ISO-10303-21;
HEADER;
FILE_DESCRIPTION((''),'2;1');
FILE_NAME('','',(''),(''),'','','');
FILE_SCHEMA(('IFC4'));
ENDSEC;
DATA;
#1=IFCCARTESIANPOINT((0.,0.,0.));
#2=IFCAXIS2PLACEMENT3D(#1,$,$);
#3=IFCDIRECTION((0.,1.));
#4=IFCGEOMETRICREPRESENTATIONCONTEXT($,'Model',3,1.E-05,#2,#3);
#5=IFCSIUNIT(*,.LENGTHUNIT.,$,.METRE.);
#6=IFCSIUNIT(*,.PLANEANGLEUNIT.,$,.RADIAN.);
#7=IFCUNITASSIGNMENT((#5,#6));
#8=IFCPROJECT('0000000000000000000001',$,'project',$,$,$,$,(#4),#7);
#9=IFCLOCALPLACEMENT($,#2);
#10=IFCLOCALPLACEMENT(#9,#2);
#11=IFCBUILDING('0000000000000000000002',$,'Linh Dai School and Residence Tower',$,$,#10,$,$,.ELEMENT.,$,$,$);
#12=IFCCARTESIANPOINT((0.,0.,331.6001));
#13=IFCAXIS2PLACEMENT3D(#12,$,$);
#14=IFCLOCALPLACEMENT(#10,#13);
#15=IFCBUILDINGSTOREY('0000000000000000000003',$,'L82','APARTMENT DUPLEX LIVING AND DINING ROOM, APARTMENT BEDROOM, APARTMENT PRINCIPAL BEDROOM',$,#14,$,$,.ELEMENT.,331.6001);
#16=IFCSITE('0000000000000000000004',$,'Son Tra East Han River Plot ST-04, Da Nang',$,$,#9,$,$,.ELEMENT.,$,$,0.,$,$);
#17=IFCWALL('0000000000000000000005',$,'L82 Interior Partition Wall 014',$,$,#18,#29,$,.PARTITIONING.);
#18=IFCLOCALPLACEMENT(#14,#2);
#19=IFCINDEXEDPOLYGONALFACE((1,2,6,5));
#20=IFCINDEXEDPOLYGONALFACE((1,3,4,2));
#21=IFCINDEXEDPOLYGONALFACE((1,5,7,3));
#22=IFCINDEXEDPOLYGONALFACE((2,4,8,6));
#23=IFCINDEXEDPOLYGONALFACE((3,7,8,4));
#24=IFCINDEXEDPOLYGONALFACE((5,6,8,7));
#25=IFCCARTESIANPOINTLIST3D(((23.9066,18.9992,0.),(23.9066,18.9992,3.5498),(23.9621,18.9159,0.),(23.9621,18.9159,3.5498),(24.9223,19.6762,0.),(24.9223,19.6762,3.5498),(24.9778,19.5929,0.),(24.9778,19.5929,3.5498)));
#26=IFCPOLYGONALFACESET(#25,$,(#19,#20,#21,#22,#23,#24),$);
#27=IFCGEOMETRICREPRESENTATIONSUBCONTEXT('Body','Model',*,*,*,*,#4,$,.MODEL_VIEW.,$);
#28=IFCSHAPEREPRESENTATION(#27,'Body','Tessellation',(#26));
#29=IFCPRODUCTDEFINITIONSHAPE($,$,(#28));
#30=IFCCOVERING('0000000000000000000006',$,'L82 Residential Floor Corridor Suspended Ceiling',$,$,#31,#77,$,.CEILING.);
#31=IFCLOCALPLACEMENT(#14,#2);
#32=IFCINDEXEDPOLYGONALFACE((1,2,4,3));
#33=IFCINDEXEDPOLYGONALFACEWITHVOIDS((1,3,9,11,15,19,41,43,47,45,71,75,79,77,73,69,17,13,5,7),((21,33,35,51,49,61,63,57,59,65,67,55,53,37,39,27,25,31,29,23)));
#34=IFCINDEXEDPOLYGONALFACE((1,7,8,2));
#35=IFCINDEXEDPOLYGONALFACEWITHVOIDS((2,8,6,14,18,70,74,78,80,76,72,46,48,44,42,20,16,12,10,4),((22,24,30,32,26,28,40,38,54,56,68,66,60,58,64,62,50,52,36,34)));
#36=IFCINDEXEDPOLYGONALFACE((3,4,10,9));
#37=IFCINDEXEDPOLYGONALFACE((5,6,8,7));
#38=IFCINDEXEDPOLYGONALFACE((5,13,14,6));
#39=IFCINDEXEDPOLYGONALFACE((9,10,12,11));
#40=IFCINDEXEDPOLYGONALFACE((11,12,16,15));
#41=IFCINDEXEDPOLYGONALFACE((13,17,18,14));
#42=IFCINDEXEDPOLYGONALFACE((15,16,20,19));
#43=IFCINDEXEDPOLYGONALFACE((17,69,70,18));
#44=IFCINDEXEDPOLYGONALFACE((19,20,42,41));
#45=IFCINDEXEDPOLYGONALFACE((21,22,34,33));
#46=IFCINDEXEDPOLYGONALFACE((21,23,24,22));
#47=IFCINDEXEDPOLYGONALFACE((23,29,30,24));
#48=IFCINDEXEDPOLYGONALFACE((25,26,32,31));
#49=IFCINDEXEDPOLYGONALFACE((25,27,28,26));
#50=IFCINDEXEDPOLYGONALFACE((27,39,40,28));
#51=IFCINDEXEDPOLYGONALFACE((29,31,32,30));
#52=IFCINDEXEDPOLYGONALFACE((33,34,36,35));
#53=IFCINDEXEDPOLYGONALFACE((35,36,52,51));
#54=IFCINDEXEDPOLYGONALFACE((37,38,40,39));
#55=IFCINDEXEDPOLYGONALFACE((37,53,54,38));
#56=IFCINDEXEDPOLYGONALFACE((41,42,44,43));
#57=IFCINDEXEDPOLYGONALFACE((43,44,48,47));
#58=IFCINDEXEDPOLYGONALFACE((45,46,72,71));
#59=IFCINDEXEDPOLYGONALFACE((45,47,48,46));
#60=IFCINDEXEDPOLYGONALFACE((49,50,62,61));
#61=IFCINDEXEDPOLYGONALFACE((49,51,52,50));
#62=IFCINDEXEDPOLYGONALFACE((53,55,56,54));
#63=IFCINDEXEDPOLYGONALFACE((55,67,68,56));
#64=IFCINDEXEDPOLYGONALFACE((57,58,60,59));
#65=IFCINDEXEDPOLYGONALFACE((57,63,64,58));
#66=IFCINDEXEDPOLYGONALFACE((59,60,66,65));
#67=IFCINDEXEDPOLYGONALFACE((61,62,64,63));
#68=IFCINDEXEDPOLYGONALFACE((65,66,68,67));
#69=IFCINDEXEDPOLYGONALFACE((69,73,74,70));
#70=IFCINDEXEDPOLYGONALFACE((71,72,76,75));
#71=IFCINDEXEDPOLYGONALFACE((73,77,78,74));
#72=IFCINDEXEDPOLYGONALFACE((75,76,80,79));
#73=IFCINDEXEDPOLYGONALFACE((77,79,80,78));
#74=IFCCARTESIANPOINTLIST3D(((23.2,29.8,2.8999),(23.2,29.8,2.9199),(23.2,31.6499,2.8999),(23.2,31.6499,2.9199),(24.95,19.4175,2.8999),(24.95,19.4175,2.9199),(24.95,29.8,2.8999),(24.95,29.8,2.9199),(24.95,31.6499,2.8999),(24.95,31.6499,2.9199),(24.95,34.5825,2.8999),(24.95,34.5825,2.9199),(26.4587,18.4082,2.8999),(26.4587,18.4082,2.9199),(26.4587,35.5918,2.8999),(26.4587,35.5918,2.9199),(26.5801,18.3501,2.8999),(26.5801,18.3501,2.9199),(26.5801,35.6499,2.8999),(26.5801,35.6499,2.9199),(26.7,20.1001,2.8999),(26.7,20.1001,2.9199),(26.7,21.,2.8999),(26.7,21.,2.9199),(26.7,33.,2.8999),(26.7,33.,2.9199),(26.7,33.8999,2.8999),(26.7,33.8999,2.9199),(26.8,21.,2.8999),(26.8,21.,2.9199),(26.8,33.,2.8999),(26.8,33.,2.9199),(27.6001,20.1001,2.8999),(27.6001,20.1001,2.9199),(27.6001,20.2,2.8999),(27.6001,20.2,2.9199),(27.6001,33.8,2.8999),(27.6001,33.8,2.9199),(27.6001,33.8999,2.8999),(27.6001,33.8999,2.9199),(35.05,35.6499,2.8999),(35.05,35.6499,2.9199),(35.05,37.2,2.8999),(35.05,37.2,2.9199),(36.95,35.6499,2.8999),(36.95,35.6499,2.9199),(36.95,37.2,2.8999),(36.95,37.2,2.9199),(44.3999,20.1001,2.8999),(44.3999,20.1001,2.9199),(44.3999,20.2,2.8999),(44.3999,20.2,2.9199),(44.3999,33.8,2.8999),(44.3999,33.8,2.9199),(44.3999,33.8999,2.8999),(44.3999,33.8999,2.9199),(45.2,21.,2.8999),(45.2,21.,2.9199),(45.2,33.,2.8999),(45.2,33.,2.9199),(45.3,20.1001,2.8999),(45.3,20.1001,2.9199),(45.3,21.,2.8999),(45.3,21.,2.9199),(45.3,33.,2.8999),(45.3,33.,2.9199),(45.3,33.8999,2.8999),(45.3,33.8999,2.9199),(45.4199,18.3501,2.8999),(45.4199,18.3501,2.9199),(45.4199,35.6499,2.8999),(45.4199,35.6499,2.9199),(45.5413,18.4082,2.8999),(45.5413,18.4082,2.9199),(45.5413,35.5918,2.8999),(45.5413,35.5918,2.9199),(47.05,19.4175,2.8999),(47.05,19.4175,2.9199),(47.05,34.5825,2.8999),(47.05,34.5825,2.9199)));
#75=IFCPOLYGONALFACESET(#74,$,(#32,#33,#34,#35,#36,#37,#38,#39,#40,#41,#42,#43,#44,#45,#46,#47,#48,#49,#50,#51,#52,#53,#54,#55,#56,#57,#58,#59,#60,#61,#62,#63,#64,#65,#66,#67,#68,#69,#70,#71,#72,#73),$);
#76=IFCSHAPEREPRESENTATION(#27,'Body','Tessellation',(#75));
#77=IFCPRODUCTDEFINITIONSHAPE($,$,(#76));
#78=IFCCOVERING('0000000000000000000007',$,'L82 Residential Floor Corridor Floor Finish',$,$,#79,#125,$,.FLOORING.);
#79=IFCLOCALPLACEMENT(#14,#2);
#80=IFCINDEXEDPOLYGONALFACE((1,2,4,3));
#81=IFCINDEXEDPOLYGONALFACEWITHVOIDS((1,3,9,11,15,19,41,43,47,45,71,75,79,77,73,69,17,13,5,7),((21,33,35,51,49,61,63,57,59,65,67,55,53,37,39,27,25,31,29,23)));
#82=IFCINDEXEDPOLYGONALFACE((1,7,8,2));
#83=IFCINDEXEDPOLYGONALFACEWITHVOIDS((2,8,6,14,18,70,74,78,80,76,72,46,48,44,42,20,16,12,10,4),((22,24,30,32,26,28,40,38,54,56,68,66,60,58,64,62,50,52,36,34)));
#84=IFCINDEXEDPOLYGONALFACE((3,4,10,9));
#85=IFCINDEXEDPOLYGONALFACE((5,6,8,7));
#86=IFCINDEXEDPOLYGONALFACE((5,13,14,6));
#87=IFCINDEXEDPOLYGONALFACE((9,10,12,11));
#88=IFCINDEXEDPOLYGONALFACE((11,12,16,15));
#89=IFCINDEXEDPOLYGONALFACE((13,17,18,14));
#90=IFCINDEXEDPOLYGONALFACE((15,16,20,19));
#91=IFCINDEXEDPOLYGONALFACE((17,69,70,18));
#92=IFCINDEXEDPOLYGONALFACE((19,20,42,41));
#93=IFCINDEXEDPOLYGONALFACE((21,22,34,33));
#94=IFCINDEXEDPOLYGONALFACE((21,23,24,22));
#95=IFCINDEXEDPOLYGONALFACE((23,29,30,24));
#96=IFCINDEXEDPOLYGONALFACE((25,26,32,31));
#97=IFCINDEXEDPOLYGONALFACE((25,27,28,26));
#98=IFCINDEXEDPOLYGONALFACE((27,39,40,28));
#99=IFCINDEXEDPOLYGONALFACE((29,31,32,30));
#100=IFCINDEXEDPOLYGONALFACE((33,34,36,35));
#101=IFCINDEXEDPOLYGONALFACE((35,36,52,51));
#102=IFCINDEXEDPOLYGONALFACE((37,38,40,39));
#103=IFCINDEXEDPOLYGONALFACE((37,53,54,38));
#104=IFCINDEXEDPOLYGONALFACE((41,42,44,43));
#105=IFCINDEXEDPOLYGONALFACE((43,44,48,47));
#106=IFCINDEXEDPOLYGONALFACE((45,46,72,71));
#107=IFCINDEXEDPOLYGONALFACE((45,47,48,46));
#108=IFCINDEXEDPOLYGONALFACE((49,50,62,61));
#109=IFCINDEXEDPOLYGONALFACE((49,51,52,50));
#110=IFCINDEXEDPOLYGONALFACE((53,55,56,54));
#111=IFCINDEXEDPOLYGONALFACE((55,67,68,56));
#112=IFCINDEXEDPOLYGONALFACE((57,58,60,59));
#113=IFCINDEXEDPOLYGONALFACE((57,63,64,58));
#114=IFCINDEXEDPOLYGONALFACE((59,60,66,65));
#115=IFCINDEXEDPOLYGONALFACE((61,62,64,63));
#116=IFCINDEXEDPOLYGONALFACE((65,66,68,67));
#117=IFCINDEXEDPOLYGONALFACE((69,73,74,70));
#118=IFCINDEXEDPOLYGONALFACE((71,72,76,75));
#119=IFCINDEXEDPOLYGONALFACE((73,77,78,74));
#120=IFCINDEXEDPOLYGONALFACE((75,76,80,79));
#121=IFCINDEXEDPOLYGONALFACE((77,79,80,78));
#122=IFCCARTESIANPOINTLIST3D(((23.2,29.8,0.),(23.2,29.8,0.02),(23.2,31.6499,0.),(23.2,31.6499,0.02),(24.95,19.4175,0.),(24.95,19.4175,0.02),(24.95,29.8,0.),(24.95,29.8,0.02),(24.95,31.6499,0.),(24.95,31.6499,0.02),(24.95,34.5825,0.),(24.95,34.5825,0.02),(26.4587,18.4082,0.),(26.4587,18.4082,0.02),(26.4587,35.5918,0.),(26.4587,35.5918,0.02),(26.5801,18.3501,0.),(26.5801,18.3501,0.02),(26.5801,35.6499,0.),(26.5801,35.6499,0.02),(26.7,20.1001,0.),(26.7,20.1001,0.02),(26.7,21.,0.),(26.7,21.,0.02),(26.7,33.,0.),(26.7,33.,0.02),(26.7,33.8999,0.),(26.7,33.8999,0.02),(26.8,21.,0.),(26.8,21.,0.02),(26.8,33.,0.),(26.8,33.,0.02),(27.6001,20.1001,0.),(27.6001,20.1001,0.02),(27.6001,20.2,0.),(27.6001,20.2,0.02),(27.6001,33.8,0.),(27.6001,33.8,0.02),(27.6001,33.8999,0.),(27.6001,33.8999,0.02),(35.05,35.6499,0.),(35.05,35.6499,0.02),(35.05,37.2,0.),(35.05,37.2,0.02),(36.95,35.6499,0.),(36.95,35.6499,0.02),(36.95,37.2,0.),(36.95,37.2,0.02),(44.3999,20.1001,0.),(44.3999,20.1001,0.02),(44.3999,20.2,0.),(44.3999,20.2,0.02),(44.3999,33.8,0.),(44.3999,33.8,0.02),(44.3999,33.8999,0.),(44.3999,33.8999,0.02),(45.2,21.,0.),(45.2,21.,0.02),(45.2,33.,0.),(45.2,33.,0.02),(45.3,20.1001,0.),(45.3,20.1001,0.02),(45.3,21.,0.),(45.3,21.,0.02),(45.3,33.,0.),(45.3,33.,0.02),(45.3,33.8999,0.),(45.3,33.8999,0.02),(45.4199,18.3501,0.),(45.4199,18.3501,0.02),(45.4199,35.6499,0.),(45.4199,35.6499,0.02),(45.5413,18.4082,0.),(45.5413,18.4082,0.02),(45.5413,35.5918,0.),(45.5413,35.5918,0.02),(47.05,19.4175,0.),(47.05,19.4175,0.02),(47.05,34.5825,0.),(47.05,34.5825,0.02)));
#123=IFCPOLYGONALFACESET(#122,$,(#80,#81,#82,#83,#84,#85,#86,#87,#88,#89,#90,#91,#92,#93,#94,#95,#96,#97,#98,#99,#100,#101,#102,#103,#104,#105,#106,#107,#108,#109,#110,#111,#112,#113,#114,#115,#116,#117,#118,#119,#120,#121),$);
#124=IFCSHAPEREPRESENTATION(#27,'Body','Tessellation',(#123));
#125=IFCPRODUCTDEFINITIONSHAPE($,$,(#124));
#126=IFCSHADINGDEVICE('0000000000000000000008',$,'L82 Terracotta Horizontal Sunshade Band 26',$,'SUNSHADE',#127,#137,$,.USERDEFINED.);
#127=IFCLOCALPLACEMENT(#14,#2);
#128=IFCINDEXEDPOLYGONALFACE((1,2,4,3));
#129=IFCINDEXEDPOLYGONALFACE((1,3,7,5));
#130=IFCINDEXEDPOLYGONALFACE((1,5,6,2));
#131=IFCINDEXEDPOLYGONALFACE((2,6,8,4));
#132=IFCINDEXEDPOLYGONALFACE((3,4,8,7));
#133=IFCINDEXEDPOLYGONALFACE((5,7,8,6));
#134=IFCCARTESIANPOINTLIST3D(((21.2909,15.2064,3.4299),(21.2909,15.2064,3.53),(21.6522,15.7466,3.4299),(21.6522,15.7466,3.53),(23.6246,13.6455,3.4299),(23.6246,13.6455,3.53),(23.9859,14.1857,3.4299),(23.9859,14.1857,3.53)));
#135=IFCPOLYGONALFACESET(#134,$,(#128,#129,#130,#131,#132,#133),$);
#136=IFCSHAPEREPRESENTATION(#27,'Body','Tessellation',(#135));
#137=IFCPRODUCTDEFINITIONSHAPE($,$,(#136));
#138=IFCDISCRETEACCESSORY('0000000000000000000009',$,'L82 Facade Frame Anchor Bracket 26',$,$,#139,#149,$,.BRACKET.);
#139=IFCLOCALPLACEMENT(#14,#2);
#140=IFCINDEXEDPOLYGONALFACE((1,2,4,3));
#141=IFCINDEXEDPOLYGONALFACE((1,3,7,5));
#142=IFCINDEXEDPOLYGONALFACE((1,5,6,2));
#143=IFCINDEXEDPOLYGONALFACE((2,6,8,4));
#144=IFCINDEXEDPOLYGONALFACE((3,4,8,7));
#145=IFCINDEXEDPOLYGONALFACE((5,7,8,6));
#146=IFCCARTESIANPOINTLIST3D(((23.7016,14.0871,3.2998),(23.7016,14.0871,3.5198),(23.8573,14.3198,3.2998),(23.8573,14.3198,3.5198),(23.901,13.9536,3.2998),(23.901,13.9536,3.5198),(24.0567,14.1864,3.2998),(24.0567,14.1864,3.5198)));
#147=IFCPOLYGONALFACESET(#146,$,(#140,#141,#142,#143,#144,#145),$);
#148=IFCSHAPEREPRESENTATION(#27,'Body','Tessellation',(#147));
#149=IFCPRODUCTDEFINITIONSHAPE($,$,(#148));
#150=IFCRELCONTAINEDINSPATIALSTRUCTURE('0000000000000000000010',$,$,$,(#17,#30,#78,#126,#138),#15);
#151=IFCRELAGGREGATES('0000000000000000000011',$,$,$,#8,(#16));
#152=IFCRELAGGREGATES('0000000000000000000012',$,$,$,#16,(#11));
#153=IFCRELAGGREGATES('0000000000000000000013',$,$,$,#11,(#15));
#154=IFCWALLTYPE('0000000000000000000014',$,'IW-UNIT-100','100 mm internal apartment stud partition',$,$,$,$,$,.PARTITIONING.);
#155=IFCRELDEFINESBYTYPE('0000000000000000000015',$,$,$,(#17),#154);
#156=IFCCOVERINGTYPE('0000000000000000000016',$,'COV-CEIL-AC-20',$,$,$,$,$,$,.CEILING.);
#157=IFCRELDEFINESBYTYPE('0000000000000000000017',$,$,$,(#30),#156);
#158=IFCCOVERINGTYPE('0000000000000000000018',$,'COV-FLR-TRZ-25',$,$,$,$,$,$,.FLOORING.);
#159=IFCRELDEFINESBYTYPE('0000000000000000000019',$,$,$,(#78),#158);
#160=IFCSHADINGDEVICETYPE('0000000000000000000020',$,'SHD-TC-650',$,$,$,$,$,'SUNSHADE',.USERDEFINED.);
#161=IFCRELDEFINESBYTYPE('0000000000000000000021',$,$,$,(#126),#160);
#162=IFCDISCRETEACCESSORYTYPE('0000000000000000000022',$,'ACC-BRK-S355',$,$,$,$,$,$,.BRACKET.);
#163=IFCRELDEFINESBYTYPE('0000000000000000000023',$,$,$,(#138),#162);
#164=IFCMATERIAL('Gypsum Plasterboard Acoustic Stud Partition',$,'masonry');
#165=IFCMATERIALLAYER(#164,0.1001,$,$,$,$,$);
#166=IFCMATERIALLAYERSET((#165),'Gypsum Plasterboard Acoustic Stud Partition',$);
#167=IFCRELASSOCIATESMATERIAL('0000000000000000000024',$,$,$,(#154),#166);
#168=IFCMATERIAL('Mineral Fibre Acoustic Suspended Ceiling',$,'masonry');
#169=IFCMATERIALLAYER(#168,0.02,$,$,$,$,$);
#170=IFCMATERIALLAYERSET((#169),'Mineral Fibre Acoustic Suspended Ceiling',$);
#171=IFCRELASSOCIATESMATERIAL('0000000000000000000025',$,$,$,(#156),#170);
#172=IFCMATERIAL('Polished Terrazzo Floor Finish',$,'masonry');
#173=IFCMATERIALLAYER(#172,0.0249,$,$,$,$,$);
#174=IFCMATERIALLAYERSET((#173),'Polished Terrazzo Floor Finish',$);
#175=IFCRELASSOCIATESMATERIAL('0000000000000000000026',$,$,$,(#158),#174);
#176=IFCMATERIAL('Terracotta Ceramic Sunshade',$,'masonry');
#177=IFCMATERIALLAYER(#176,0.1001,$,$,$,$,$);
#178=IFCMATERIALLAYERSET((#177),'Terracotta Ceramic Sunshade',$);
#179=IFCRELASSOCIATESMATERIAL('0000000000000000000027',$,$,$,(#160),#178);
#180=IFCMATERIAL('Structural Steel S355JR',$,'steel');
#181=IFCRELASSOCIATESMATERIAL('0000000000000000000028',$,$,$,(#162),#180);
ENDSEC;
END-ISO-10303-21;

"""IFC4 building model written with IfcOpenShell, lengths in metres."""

from ifc_helpers import new_model, si_unit, direction, frame, frame_2d, origin, origin_2d, place, context, subcontext, project, spatial, polyline, rectangle, outline, extrude, source, transform, mapped, material, layer, layer_set, type_object, element, save


model = new_model("IFC4")

# Units and contexts
model_context = context("Model", 3, precision=1e-05, world=origin(), true_north=direction((0.0, 1.0)))
body_context = subcontext(model_context, "Body", "Model", "MODEL_VIEW")
ifc_project = project(units=[si_unit("LENGTHUNIT", "METRE"), si_unit("PLANEANGLEUNIT", "RADIAN")], contexts=[model_context])

# Site, building, storey
site_placement = place(None, origin())
site = spatial("IfcSite", under=ifc_project, at=site_placement, Name="Son Tra East Han River Plot ST-04, Da Nang", CompositionType="ELEMENT", RefElevation=0.0)
building_placement = place(site_placement, origin())
building = spatial("IfcBuilding", under=site, at=building_placement, Name="Linh Dai School and Residence Tower", CompositionType="ELEMENT")
storey_placement = place(building_placement, frame((0.0, 0.0, 331.6001)))
storey = spatial("IfcBuildingStorey", under=building, at=storey_placement, Name="L82", Description="APARTMENT DUPLEX LIVING AND DINING ROOM, APARTMENT BEDROOM, APARTMENT PRINCIPAL BEDROOM", CompositionType="ELEMENT", Elevation=331.6001)

# Shared definitions
ifc_material_1 = material(Name="Structural Steel S355JR", Category="steel")

# Wall
ifc_material_2 = material(Name="Gypsum Plasterboard Acoustic Stud Partition", Category="masonry")
ifc_layer_1 = layer(ifc_material_2, 0.1001)
ifc_layer_set_1 = layer_set([ifc_layer_1], Name="Gypsum Plasterboard Acoustic Stud Partition")
wall_type_1 = type_object("IfcWallType", Name="IW-UNIT-100", Description="100 mm internal apartment stud partition", PredefinedType="PARTITIONING", material=ifc_layer_set_1)
wall_1_placement = place(storey_placement, frame((23.9343, 18.9575, 0.0), z_axis=(0.0, 0.0, 1.0), x_axis=(0.832081, 0.554654, 0.0)))
element("IfcWall", 1, at=wall_1_placement, inside=storey, type_object=wall_type_1, Name="L82 Interior Partition Wall 014", PredefinedType="PARTITIONING", context=body_context, shape_type="SweptSolid", body=[
    extrude(rectangle(XDim=1.2207, YDim=0.1001, at=frame_2d((0.6104, 0.0))), origin(), (0.0, 0.0, 1.0), 3.5498),
])

# Coverings
ifc_material_3 = material(Name="Mineral Fibre Acoustic Suspended Ceiling", Category="masonry")
ifc_layer_2 = layer(ifc_material_3, 0.02)
ifc_layer_set_2 = layer_set([ifc_layer_2], Name="Mineral Fibre Acoustic Suspended Ceiling")
covering_type_1 = type_object("IfcCoveringType", Name="COV-CEIL-AC-20", PredefinedType="CEILING", material=ifc_layer_set_2)
covering_1_placement = place(storey_placement, frame((0.0, 0.0, 2.8999)))
element("IfcCovering", 2, at=covering_1_placement, inside=storey, type_object=covering_type_1, Name="L82 Residential Floor Corridor Suspended Ceiling", PredefinedType="CEILING", context=body_context, shape_type="SweptSolid", body=[
    extrude(outline(polyline([(23.2, 31.6499), (24.95, 31.6499), (24.95, 34.5825), (26.4587, 35.5918), (26.5801, 35.6499), (35.05, 35.6499), (35.05, 37.2), (36.95, 37.2), (36.95, 35.6499), (45.4199, 35.6499), (45.5413, 35.5918), (47.05, 34.5825), (47.05, 19.4175), (45.5413, 18.4082), (45.4199, 18.3501), (26.5801, 18.3501), (26.4587, 18.4082), (24.95, 19.4175), (24.95, 29.8), (23.2, 29.8), (23.2, 31.6499)]), holes=[polyline([(27.6001, 33.8), (27.6001, 33.8999), (26.7, 33.8999), (26.7, 33.0), (26.8, 33.0), (26.8, 21.0), (26.7, 21.0), (26.7, 20.1001), (27.6001, 20.1001), (27.6001, 20.2), (44.3999, 20.2), (44.3999, 20.1001), (45.3, 20.1001), (45.3, 21.0), (45.2, 21.0), (45.2, 33.0), (45.3, 33.0), (45.3, 33.8999), (44.3999, 33.8999), (44.3999, 33.8), (27.6001, 33.8)])]), origin(), (0.0, 0.0, 1.0), 0.02),
])
ifc_material_4 = material(Name="Polished Terrazzo Floor Finish", Category="masonry")
ifc_layer_3 = layer(ifc_material_4, 0.0249)
ifc_layer_set_3 = layer_set([ifc_layer_3], Name="Polished Terrazzo Floor Finish")
covering_type_2 = type_object("IfcCoveringType", Name="COV-FLR-TRZ-25", PredefinedType="FLOORING", material=ifc_layer_set_3)
covering_2_placement = place(storey_placement, origin())
element("IfcCovering", 3, at=covering_2_placement, inside=storey, type_object=covering_type_2, Name="L82 Residential Floor Corridor Floor Finish", PredefinedType="FLOORING", context=body_context, shape_type="SweptSolid", body=[
    extrude(outline(polyline([(23.2, 31.6499), (24.95, 31.6499), (24.95, 34.5825), (26.4587, 35.5918), (26.5801, 35.6499), (35.05, 35.6499), (35.05, 37.2), (36.95, 37.2), (36.95, 35.6499), (45.4199, 35.6499), (45.5413, 35.5918), (47.05, 34.5825), (47.05, 19.4175), (45.5413, 18.4082), (45.4199, 18.3501), (26.5801, 18.3501), (26.4587, 18.4082), (24.95, 19.4175), (24.95, 29.8), (23.2, 29.8), (23.2, 31.6499)]), holes=[polyline([(27.6001, 33.8), (27.6001, 33.8999), (26.7, 33.8999), (26.7, 33.0), (26.8, 33.0), (26.8, 21.0), (26.7, 21.0), (26.7, 20.1001), (27.6001, 20.1001), (27.6001, 20.2), (44.3999, 20.2), (44.3999, 20.1001), (45.3, 20.1001), (45.3, 21.0), (45.2, 21.0), (45.2, 33.0), (45.3, 33.0), (45.3, 33.8999), (44.3999, 33.8999), (44.3999, 33.8), (27.6001, 33.8)])]), origin(), (0.0, 0.0, 1.0), 0.02),
])

# Shading device
ifc_material_5 = material(Name="Terracotta Ceramic Sunshade", Category="masonry")
ifc_layer_4 = layer(ifc_material_5, 0.1001)
ifc_layer_set_4 = layer_set([ifc_layer_4], Name="Terracotta Ceramic Sunshade")
shading_device_type = type_object("IfcShadingDeviceType", Name="SHD-TC-650", ElementType="SUNSHADE", PredefinedType="USERDEFINED", material=ifc_layer_set_4)
shared_shape_1 = source(origin(), body_context, "Body", "SweptSolid", [
    extrude(rectangle(XDim=2.8076, YDim=0.6499, at=origin_2d()), origin(), (0.0, 0.0, 1.0), 0.1001),
])
shading_device_placement = place(storey_placement, frame((22.6384, 14.696, 3.4299), z_axis=(0.0, 0.0, 1.0), x_axis=(-0.831202, 0.555971, 0.0)))
element("IfcShadingDevice", 4, at=shading_device_placement, inside=storey, type_object=shading_device_type, Name="L82 Terracotta Horizontal Sunshade Band 26", ObjectType="SUNSHADE", PredefinedType="USERDEFINED", context=body_context, shape_type="MappedRepresentation", body=[
    mapped(shared_shape_1, transform((0.0, 0.0, 0.0), x_axis=(1.0, 0.0, 0.0), y_axis=(0.0, 1.0, 0.0), z_axis=(0.0, 0.0, 1.0), scale=1.0)),
])

# Discrete accessory
discrete_accessory_type = type_object("IfcDiscreteAccessoryType", Name="ACC-BRK-S355", PredefinedType="BRACKET", material=ifc_material_1)
shared_shape_2 = source(origin(), body_context, "Body", "SweptSolid", [
    extrude(rectangle(XDim=0.28, YDim=0.24, at=origin_2d()), origin(), (0.0, 0.0, 1.0), 0.22),
])
discrete_accessory_placement = place(storey_placement, frame((23.8792, 14.1367, 3.2998), z_axis=(0.0, 0.0, 1.0), x_axis=(-0.555971, -0.831202, 0.0)))
element("IfcDiscreteAccessory", 5, at=discrete_accessory_placement, inside=storey, type_object=discrete_accessory_type, Name="L82 Facade Frame Anchor Bracket 26", PredefinedType="BRACKET", context=body_context, shape_type="MappedRepresentation", body=[
    mapped(shared_shape_2, transform((0.0, 0.0, 0.0), x_axis=(1.0, 0.0, 0.0), y_axis=(0.0, 1.0, 0.0), z_axis=(0.0, 0.0, 1.0), scale=1.0)),
])

save(model, "model.ifc")
